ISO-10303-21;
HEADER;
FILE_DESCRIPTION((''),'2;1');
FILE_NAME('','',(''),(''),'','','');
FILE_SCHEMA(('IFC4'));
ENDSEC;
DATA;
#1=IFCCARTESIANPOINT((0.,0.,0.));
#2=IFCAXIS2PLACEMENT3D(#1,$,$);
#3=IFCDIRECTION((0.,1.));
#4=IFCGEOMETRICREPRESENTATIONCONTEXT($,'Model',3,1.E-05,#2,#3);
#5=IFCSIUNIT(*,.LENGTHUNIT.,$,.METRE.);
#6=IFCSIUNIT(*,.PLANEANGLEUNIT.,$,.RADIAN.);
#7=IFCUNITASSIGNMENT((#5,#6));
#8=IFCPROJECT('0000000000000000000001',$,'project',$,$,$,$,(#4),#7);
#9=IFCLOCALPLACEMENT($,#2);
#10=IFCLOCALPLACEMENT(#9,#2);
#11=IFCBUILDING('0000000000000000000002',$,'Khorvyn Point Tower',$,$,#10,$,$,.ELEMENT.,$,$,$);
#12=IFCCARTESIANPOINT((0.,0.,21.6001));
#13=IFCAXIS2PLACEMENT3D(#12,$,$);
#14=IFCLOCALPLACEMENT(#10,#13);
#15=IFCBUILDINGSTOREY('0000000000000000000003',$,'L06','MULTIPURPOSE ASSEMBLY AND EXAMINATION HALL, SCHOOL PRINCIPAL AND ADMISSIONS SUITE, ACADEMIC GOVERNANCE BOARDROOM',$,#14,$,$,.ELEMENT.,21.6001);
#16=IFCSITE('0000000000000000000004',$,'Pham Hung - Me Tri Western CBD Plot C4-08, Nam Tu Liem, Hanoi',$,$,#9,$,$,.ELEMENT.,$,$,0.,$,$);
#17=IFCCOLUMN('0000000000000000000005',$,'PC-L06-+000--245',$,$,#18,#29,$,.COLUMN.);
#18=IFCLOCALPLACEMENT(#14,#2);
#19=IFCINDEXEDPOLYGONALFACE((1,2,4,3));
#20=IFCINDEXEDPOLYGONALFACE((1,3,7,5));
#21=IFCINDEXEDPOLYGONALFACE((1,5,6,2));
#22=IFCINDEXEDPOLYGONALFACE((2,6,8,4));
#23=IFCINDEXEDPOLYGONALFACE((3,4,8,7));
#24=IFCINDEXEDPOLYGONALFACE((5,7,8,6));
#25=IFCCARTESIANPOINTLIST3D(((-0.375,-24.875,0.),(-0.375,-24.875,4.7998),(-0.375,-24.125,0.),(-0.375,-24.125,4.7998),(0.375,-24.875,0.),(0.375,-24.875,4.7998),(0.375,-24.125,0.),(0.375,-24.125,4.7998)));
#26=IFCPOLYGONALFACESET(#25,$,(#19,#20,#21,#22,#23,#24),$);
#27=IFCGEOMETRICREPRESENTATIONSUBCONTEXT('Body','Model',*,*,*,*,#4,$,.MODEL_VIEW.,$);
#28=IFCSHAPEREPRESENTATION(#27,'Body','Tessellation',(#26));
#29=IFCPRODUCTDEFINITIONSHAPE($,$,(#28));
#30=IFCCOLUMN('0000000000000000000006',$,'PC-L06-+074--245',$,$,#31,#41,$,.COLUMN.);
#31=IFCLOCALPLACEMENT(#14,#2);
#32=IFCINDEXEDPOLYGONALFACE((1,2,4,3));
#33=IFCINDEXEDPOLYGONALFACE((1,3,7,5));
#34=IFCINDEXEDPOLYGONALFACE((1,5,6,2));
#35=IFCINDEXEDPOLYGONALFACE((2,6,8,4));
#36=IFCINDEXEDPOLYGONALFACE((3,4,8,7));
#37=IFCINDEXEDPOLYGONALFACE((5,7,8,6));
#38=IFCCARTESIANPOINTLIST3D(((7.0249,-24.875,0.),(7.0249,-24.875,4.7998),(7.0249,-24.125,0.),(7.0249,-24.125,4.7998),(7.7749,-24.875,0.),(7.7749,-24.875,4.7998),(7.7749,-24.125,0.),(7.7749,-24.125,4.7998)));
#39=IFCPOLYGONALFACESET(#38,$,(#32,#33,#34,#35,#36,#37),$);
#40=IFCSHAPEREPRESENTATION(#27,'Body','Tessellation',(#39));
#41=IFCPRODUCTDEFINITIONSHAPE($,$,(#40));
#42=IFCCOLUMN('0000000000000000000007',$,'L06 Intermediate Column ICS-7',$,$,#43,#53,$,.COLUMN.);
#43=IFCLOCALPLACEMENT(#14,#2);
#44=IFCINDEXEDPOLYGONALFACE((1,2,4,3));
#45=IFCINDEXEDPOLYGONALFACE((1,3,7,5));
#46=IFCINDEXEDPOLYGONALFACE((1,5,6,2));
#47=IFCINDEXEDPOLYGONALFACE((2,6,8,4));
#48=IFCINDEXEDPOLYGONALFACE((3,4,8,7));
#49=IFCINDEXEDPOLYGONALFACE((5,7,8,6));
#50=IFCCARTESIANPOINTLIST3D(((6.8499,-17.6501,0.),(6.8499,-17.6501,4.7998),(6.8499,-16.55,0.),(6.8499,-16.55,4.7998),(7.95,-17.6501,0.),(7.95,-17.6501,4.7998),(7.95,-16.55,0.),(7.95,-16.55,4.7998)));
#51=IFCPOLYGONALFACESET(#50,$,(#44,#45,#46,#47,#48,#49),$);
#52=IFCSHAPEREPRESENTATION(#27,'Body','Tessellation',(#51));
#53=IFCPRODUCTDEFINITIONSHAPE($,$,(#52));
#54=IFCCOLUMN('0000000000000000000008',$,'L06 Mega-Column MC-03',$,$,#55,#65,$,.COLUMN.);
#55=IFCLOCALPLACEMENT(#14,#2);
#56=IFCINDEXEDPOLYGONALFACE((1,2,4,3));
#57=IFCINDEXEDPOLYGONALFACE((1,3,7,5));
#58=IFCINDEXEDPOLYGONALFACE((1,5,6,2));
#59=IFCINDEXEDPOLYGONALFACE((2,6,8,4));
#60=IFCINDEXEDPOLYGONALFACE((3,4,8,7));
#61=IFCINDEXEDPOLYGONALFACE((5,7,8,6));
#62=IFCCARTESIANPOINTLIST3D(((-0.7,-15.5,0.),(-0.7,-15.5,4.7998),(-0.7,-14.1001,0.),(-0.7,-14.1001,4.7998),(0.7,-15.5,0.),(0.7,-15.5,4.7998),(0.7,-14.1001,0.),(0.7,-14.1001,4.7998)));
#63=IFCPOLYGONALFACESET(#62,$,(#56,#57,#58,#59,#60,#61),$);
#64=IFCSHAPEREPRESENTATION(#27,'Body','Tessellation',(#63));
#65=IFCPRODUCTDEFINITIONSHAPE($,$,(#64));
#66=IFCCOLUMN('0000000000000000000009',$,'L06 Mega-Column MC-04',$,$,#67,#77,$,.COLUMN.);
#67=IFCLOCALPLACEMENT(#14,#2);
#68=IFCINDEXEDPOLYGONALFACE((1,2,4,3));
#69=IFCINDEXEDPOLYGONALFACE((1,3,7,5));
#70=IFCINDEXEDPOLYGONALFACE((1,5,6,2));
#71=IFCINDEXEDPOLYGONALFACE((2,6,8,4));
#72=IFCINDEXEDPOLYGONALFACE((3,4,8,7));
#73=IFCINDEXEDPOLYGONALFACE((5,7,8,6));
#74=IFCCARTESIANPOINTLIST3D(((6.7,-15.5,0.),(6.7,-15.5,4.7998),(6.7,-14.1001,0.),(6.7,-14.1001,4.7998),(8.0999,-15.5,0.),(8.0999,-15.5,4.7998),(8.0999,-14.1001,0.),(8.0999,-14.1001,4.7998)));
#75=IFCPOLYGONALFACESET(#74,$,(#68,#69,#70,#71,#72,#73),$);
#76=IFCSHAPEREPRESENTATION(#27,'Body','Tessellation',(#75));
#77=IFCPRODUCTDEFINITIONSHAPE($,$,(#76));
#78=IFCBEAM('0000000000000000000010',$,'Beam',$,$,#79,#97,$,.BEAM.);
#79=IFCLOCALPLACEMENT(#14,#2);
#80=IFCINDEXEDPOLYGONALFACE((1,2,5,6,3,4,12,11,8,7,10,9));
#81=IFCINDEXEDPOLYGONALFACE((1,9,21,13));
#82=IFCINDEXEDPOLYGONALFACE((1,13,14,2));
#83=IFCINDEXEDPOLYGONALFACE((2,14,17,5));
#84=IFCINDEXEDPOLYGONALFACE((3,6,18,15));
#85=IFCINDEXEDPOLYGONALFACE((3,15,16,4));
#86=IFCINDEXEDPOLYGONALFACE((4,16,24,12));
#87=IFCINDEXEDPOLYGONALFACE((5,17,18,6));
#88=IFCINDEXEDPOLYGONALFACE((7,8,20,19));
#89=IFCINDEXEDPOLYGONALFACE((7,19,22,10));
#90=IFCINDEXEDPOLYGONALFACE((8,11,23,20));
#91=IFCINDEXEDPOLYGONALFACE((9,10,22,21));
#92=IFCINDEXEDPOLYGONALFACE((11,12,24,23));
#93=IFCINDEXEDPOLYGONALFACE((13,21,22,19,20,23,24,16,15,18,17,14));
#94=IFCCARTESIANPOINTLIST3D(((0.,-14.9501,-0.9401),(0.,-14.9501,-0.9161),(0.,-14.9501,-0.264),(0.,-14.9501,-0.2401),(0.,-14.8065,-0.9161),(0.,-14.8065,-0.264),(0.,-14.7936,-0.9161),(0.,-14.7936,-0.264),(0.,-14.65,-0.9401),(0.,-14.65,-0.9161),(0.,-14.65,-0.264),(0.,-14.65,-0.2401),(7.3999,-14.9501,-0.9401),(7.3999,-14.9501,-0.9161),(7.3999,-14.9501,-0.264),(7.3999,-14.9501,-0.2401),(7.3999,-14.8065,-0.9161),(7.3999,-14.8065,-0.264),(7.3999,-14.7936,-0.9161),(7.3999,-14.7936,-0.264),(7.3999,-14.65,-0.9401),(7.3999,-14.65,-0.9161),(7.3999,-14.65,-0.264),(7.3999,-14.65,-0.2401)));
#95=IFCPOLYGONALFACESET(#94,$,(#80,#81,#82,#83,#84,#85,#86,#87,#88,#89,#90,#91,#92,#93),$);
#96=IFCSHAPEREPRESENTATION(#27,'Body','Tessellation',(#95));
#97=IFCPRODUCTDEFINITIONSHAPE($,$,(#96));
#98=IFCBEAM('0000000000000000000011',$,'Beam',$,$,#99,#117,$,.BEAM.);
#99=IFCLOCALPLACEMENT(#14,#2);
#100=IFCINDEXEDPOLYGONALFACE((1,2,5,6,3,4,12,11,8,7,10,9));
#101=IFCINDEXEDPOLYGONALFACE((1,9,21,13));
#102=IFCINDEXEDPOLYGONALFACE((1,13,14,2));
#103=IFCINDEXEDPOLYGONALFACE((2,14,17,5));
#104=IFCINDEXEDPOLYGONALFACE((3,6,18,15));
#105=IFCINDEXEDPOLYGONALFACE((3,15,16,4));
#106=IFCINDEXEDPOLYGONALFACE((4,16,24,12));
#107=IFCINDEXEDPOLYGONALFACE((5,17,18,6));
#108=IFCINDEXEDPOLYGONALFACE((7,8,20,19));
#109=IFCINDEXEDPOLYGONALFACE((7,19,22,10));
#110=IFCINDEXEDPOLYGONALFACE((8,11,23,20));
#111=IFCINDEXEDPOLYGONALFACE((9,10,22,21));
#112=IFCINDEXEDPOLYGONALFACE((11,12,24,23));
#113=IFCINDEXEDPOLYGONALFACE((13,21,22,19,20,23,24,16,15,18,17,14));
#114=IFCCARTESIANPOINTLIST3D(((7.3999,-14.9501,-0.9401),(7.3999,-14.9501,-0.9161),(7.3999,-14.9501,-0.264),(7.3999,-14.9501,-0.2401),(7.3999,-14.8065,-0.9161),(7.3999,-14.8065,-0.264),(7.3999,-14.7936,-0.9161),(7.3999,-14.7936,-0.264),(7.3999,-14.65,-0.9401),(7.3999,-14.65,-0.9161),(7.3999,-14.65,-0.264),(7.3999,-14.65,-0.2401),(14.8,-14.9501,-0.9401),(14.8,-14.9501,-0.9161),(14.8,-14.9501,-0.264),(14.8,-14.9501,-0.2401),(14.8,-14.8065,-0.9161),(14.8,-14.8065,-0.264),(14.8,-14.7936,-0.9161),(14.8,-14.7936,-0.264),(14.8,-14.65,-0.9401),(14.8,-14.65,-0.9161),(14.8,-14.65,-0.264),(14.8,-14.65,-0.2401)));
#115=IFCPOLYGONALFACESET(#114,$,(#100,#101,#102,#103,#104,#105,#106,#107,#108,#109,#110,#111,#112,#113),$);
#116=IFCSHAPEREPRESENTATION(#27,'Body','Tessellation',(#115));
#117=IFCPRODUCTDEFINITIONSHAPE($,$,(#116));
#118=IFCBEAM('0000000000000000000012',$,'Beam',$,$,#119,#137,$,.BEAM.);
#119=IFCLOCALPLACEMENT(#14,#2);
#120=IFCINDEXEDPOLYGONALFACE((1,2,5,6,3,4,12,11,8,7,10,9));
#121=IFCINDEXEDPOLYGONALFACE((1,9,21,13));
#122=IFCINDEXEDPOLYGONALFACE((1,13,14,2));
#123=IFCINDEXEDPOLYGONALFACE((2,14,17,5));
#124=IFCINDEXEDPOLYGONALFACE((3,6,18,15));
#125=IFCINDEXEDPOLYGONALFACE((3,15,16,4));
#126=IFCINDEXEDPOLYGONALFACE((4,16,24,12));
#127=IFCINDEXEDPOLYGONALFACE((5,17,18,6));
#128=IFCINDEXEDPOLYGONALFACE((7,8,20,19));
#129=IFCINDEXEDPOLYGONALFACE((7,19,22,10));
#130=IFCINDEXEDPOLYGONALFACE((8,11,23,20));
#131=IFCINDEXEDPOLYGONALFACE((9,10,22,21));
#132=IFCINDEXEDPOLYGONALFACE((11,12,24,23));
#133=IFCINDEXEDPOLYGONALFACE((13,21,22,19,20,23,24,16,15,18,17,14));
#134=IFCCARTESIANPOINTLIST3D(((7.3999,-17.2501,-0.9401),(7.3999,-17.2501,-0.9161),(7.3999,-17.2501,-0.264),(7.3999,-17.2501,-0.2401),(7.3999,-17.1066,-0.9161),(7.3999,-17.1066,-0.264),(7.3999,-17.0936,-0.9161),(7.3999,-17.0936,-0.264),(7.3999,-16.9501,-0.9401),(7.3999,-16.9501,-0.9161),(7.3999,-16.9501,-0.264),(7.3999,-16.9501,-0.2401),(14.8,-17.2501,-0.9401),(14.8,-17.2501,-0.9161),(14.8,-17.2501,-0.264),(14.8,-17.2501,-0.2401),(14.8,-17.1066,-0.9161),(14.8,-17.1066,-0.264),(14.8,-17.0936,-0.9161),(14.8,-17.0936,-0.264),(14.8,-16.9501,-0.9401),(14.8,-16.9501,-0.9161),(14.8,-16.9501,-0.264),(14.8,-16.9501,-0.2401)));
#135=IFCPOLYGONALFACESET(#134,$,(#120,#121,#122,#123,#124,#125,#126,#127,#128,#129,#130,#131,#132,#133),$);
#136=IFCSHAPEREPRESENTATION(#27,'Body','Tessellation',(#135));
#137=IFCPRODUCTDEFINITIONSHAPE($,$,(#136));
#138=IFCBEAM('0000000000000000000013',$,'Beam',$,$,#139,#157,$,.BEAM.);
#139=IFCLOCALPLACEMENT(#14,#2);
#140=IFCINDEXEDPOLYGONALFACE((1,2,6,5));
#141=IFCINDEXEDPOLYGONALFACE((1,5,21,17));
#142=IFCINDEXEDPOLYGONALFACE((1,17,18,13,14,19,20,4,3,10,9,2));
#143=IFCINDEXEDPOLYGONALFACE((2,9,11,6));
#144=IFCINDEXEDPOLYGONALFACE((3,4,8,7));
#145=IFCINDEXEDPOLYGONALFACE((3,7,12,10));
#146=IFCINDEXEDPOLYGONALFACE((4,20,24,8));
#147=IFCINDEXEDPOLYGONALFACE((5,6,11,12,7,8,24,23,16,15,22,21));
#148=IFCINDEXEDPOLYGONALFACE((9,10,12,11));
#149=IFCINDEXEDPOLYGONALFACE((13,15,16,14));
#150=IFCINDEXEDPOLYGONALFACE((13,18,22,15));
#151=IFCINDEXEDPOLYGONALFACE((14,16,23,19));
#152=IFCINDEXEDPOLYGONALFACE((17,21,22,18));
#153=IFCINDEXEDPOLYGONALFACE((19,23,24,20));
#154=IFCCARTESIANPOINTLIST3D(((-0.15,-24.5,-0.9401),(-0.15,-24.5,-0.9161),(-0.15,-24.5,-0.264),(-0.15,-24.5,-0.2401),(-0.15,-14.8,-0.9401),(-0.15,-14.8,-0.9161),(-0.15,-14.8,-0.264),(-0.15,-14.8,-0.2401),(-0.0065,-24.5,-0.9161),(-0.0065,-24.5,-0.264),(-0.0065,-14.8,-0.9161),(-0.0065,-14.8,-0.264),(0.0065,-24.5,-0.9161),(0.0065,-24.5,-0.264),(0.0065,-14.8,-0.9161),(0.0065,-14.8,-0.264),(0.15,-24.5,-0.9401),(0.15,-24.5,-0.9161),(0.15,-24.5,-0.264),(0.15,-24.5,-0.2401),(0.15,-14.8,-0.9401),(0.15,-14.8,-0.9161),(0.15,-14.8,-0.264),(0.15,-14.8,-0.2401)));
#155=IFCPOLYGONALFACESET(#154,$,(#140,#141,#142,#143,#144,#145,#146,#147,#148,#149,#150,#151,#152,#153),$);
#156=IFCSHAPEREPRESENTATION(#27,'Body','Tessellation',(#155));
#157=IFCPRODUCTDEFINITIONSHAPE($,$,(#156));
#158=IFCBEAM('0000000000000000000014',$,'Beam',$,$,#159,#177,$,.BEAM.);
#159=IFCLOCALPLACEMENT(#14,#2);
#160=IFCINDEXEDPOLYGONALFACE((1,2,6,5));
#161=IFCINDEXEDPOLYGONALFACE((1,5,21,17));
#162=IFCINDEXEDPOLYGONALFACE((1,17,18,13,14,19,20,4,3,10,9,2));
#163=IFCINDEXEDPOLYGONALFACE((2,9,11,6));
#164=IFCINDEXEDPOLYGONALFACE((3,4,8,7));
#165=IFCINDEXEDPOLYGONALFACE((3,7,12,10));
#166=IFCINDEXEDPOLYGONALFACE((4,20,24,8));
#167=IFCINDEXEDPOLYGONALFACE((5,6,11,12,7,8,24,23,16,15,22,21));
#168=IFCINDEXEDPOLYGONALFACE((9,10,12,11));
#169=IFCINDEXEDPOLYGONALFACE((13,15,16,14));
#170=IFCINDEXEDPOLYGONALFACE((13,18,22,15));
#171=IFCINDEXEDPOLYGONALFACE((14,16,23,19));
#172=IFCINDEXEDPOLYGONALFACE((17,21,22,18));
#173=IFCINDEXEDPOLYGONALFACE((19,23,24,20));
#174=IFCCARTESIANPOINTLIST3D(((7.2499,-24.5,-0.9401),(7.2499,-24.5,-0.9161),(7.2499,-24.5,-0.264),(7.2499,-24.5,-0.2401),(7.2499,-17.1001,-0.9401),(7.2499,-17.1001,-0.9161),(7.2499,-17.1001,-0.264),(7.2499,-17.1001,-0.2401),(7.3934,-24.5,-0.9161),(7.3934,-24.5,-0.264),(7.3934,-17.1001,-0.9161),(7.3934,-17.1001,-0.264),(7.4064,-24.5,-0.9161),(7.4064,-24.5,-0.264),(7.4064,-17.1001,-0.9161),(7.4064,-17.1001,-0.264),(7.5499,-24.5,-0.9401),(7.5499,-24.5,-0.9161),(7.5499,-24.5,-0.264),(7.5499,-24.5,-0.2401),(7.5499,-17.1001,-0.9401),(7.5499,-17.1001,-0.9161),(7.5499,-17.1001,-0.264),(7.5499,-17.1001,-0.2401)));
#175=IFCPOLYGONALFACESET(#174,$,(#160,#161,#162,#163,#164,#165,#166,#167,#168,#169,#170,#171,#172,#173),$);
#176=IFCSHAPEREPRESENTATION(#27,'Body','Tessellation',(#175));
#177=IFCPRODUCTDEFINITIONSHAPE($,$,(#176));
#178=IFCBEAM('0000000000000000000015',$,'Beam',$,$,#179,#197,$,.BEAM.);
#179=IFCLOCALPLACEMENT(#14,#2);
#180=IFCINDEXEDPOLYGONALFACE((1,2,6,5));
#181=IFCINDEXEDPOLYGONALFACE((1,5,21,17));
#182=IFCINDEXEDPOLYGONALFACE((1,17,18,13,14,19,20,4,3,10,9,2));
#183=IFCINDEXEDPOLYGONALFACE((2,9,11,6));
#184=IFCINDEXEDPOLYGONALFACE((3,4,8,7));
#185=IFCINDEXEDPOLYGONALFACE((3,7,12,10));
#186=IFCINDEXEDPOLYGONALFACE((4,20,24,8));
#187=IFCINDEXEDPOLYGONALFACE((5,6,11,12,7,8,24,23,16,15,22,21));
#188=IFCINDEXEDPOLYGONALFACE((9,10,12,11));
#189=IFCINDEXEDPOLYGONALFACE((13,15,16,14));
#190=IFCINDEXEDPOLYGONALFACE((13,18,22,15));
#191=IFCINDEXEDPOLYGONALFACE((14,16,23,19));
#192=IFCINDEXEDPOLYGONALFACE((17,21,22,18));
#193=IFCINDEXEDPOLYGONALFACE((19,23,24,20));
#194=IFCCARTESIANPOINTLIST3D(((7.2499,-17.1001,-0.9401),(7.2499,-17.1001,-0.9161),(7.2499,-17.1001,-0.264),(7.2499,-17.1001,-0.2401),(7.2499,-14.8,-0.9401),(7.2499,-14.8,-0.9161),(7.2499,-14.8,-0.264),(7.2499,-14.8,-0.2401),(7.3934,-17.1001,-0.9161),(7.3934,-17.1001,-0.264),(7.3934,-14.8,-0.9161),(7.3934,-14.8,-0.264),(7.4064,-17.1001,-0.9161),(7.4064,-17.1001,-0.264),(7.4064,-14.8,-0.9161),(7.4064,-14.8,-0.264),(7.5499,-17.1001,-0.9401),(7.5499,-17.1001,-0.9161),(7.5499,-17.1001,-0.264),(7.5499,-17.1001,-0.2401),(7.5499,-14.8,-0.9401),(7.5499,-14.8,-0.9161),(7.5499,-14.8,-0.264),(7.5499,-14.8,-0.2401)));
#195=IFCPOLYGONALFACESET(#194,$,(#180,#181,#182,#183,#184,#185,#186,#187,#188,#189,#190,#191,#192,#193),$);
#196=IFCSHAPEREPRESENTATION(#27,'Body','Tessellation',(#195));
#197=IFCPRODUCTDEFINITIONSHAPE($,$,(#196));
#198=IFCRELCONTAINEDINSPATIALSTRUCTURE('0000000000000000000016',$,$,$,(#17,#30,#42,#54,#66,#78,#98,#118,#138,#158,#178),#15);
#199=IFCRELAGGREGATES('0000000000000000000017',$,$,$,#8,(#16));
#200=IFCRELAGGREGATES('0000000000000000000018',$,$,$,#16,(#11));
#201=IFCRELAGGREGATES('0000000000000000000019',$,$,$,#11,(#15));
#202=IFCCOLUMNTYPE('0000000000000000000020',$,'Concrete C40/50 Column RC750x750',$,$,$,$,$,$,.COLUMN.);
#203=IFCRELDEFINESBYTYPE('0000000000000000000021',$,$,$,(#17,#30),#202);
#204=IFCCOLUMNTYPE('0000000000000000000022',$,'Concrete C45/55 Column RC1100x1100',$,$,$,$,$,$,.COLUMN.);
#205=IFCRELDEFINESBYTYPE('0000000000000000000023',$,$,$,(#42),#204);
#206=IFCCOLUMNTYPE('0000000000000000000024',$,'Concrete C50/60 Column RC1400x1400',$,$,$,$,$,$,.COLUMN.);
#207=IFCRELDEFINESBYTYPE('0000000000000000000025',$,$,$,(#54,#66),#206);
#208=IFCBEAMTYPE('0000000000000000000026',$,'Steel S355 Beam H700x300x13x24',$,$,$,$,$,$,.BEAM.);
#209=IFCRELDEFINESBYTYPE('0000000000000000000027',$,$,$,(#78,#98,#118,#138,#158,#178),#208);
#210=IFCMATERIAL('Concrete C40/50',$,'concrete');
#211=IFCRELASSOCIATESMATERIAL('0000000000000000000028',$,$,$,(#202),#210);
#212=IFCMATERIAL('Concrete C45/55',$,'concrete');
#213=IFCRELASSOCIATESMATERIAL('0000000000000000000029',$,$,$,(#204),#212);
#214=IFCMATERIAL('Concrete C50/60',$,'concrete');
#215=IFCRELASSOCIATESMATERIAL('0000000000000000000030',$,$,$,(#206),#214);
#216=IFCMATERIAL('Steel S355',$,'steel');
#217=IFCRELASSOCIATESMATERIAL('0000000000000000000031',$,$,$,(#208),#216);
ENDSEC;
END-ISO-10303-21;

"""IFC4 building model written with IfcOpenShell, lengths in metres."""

from ifc_helpers import new_model, si_unit, direction, frame, origin, origin_2d, place, context, subcontext, project, spatial, rectangle, i_section, extrude, material, material_profile, profile_set, type_object, element, save


model = new_model("IFC4")

# Units and contexts
model_context = context("Model", 3, precision=1e-05, world=origin(), true_north=direction((0.0, 1.0)))
body_context = subcontext(model_context, "Body", "Model", "MODEL_VIEW")
ifc_project = project(units=[si_unit("LENGTHUNIT", "METRE"), si_unit("PLANEANGLEUNIT", "RADIAN")], contexts=[model_context])

# Site, building, storey
site_placement = place(None, origin())
site = spatial("IfcSite", under=ifc_project, at=site_placement, Name="Pham Hung - Me Tri Western CBD Plot C4-08, Nam Tu Liem, Hanoi", CompositionType="ELEMENT", RefElevation=0.0)
building_placement = place(site_placement, origin())
building = spatial("IfcBuilding", under=site, at=building_placement, Name="Khorvyn Point Tower", CompositionType="ELEMENT")
storey_placement = place(building_placement, frame((0.0, 0.0, 21.6001)))
storey = spatial("IfcBuildingStorey", under=building, at=storey_placement, Name="L06", Description="MULTIPURPOSE ASSEMBLY AND EXAMINATION HALL, SCHOOL PRINCIPAL AND ADMISSIONS SUITE, ACADEMIC GOVERNANCE BOARDROOM", CompositionType="ELEMENT", Elevation=21.6001)

# Columns
ifc_material_1 = material(Name="Concrete C40/50", Category="concrete")
ifc_material_profile_1 = material_profile(ifc_material_1, rectangle(XDim=0.75, YDim=0.75, at=origin_2d()))
ifc_profile_set_1 = profile_set([ifc_material_profile_1], Name="Concrete C40/50 RC750x750")
column_type_1 = type_object("IfcColumnType", Name="Concrete C40/50 Column RC750x750", PredefinedType="COLUMN", material=ifc_profile_set_1)
for number, where, z_axis, x_axis, name in (
    (1, (0.0, -24.5, 0.0), (0.0, 0.0, 1.0), (1.0, 0.0, 0.0), "PC-L06-+000--245"),
    (2, (7.3999, -24.5, 0.0), (0.0, 0.0, 1.0), (1.0, 0.0, 0.0), "PC-L06-+074--245"),
):
    element("IfcColumn", number, at=place(storey_placement, frame(where, z_axis=z_axis, x_axis=x_axis)), inside=storey, type_object=column_type_1, Name=name, PredefinedType="COLUMN", context=body_context, shape_type="SweptSolid", body=[
        extrude(rectangle(XDim=0.75, YDim=0.75, at=origin_2d()), origin(), (0.0, 0.0, 1.0), 4.7998),
    ])
ifc_material_2 = material(Name="Concrete C45/55", Category="concrete")
ifc_material_profile_2 = material_profile(ifc_material_2, rectangle(XDim=1.1001, YDim=1.1001, at=origin_2d()))
ifc_profile_set_2 = profile_set([ifc_material_profile_2], Name="Concrete C45/55 RC1100x1100")
column_type_2 = type_object("IfcColumnType", Name="Concrete C45/55 Column RC1100x1100", PredefinedType="COLUMN", material=ifc_profile_set_2)
column_placement = place(storey_placement, frame((7.3999, -17.1001, 0.0), z_axis=(0.0, 0.0, 1.0), x_axis=(1.0, 0.0, 0.0)))
element("IfcColumn", 3, at=column_placement, inside=storey, type_object=column_type_2, Name="L06 Intermediate Column ICS-7", PredefinedType="COLUMN", context=body_context, shape_type="SweptSolid", body=[
    extrude(rectangle(XDim=1.1001, YDim=1.1001, at=origin_2d()), origin(), (0.0, 0.0, 1.0), 4.7998),
])
ifc_material_3 = material(Name="Concrete C50/60", Category="concrete")
ifc_material_profile_3 = material_profile(ifc_material_3, rectangle(XDim=1.3999, YDim=1.3999, at=origin_2d()))
ifc_profile_set_3 = profile_set([ifc_material_profile_3], Name="Concrete C50/60 RC1400x1400")
column_type_3 = type_object("IfcColumnType", Name="Concrete C50/60 Column RC1400x1400", PredefinedType="COLUMN", material=ifc_profile_set_3)
for number, where, z_axis, x_axis, name in (
    (4, (0.0, -14.8, 0.0), (0.0, 0.0, 1.0), (1.0, 0.0, 0.0), "L06 Mega-Column MC-03"),
    (5, (7.3999, -14.8, 0.0), (0.0, 0.0, 1.0), (1.0, 0.0, 0.0), "L06 Mega-Column MC-04"),
):
    element("IfcColumn", number, at=place(storey_placement, frame(where, z_axis=z_axis, x_axis=x_axis)), inside=storey, type_object=column_type_3, Name=name, PredefinedType="COLUMN", context=body_context, shape_type="SweptSolid", body=[
        extrude(rectangle(XDim=1.3999, YDim=1.3999, at=origin_2d()), origin(), (0.0, 0.0, 1.0), 4.7998),
    ])

# Beams
ifc_material_4 = material(Name="Steel S355", Category="steel")
ifc_material_profile_4 = material_profile(ifc_material_4, i_section(OverallWidth=0.3, OverallDepth=0.7, WebThickness=0.0129, FlangeThickness=0.0239, at=origin_2d()))
ifc_profile_set_4 = profile_set([ifc_material_profile_4], Name="Steel S355 H700x300x13x24")
beam_type_1 = type_object("IfcBeamType", Name="Steel S355 Beam H700x300x13x24", PredefinedType="BEAM", material=ifc_profile_set_4)
beam_1_placement = place(storey_placement, frame((0.0, -14.8, -0.5901), z_axis=(1.0, 0.0, 0.0), x_axis=(0.0, 1.0, 0.0)))
element("IfcBeam", 6, at=beam_1_placement, inside=storey, type_object=beam_type_1, Name="Beam", PredefinedType="BEAM", context=body_context, shape_type="SweptSolid", body=[
    extrude(i_section(OverallWidth=0.3, OverallDepth=0.7, WebThickness=0.0129, FlangeThickness=0.0239, at=origin_2d()), origin(), (0.0, 0.0, 1.0), 7.3999),
])
for number, where, z_axis, x_axis, name in (
    (7, (7.3999, -14.8, -0.5901), (1.0, 0.0, 0.0), (0.0, 1.0, 0.0), "Beam"),
    (8, (7.3999, -17.1001, -0.5901), (1.0, 0.0, 0.0), (0.0, 1.0, 0.0), "Beam"),
):
    element("IfcBeam", number, at=place(storey_placement, frame(where, z_axis=z_axis, x_axis=x_axis)), inside=storey, type_object=beam_type_1, Name=name, PredefinedType="BEAM", context=body_context, shape_type="SweptSolid", body=[
        extrude(i_section(OverallWidth=0.3, OverallDepth=0.7, WebThickness=0.0129, FlangeThickness=0.0239, at=origin_2d()), origin(), (0.0, 0.0, 1.0), 7.4001),
    ])
beam_2_placement = place(storey_placement, frame((0.0, -24.5, -0.5901), z_axis=(0.0, 1.0, 0.0), x_axis=(-1.0, 0.0, 0.0)))
element("IfcBeam", 9, at=beam_2_placement, inside=storey, type_object=beam_type_1, Name="Beam", PredefinedType="BEAM", context=body_context, shape_type="SweptSolid", body=[
    extrude(i_section(OverallWidth=0.3, OverallDepth=0.7, WebThickness=0.0129, FlangeThickness=0.0239, at=origin_2d()), origin(), (0.0, 0.0, 1.0), 9.7),
])
beam_3_placement = place(storey_placement, frame((7.3999, -24.5, -0.5901), z_axis=(0.0, 1.0, 0.0), x_axis=(-1.0, 0.0, 0.0)))
element("IfcBeam", 10, at=beam_3_placement, inside=storey, type_object=beam_type_1, Name="Beam", PredefinedType="BEAM", context=body_context, shape_type="SweptSolid", body=[
    extrude(i_section(OverallWidth=0.3, OverallDepth=0.7, WebThickness=0.0129, FlangeThickness=0.0239, at=origin_2d()), origin(), (0.0, 0.0, 1.0), 7.3999),
])
beam_4_placement = place(storey_placement, frame((7.3999, -17.1001, -0.5901), z_axis=(0.0, 1.0, 0.0), x_axis=(-1.0, 0.0, 0.0)))
element("IfcBeam", 11, at=beam_4_placement, inside=storey, type_object=beam_type_1, Name="Beam", PredefinedType="BEAM", context=body_context, shape_type="SweptSolid", body=[
    extrude(i_section(OverallWidth=0.3, OverallDepth=0.7, WebThickness=0.0129, FlangeThickness=0.0239, at=origin_2d()), origin(), (0.0, 0.0, 1.0), 2.3),
])

save(model, "model.ifc")
